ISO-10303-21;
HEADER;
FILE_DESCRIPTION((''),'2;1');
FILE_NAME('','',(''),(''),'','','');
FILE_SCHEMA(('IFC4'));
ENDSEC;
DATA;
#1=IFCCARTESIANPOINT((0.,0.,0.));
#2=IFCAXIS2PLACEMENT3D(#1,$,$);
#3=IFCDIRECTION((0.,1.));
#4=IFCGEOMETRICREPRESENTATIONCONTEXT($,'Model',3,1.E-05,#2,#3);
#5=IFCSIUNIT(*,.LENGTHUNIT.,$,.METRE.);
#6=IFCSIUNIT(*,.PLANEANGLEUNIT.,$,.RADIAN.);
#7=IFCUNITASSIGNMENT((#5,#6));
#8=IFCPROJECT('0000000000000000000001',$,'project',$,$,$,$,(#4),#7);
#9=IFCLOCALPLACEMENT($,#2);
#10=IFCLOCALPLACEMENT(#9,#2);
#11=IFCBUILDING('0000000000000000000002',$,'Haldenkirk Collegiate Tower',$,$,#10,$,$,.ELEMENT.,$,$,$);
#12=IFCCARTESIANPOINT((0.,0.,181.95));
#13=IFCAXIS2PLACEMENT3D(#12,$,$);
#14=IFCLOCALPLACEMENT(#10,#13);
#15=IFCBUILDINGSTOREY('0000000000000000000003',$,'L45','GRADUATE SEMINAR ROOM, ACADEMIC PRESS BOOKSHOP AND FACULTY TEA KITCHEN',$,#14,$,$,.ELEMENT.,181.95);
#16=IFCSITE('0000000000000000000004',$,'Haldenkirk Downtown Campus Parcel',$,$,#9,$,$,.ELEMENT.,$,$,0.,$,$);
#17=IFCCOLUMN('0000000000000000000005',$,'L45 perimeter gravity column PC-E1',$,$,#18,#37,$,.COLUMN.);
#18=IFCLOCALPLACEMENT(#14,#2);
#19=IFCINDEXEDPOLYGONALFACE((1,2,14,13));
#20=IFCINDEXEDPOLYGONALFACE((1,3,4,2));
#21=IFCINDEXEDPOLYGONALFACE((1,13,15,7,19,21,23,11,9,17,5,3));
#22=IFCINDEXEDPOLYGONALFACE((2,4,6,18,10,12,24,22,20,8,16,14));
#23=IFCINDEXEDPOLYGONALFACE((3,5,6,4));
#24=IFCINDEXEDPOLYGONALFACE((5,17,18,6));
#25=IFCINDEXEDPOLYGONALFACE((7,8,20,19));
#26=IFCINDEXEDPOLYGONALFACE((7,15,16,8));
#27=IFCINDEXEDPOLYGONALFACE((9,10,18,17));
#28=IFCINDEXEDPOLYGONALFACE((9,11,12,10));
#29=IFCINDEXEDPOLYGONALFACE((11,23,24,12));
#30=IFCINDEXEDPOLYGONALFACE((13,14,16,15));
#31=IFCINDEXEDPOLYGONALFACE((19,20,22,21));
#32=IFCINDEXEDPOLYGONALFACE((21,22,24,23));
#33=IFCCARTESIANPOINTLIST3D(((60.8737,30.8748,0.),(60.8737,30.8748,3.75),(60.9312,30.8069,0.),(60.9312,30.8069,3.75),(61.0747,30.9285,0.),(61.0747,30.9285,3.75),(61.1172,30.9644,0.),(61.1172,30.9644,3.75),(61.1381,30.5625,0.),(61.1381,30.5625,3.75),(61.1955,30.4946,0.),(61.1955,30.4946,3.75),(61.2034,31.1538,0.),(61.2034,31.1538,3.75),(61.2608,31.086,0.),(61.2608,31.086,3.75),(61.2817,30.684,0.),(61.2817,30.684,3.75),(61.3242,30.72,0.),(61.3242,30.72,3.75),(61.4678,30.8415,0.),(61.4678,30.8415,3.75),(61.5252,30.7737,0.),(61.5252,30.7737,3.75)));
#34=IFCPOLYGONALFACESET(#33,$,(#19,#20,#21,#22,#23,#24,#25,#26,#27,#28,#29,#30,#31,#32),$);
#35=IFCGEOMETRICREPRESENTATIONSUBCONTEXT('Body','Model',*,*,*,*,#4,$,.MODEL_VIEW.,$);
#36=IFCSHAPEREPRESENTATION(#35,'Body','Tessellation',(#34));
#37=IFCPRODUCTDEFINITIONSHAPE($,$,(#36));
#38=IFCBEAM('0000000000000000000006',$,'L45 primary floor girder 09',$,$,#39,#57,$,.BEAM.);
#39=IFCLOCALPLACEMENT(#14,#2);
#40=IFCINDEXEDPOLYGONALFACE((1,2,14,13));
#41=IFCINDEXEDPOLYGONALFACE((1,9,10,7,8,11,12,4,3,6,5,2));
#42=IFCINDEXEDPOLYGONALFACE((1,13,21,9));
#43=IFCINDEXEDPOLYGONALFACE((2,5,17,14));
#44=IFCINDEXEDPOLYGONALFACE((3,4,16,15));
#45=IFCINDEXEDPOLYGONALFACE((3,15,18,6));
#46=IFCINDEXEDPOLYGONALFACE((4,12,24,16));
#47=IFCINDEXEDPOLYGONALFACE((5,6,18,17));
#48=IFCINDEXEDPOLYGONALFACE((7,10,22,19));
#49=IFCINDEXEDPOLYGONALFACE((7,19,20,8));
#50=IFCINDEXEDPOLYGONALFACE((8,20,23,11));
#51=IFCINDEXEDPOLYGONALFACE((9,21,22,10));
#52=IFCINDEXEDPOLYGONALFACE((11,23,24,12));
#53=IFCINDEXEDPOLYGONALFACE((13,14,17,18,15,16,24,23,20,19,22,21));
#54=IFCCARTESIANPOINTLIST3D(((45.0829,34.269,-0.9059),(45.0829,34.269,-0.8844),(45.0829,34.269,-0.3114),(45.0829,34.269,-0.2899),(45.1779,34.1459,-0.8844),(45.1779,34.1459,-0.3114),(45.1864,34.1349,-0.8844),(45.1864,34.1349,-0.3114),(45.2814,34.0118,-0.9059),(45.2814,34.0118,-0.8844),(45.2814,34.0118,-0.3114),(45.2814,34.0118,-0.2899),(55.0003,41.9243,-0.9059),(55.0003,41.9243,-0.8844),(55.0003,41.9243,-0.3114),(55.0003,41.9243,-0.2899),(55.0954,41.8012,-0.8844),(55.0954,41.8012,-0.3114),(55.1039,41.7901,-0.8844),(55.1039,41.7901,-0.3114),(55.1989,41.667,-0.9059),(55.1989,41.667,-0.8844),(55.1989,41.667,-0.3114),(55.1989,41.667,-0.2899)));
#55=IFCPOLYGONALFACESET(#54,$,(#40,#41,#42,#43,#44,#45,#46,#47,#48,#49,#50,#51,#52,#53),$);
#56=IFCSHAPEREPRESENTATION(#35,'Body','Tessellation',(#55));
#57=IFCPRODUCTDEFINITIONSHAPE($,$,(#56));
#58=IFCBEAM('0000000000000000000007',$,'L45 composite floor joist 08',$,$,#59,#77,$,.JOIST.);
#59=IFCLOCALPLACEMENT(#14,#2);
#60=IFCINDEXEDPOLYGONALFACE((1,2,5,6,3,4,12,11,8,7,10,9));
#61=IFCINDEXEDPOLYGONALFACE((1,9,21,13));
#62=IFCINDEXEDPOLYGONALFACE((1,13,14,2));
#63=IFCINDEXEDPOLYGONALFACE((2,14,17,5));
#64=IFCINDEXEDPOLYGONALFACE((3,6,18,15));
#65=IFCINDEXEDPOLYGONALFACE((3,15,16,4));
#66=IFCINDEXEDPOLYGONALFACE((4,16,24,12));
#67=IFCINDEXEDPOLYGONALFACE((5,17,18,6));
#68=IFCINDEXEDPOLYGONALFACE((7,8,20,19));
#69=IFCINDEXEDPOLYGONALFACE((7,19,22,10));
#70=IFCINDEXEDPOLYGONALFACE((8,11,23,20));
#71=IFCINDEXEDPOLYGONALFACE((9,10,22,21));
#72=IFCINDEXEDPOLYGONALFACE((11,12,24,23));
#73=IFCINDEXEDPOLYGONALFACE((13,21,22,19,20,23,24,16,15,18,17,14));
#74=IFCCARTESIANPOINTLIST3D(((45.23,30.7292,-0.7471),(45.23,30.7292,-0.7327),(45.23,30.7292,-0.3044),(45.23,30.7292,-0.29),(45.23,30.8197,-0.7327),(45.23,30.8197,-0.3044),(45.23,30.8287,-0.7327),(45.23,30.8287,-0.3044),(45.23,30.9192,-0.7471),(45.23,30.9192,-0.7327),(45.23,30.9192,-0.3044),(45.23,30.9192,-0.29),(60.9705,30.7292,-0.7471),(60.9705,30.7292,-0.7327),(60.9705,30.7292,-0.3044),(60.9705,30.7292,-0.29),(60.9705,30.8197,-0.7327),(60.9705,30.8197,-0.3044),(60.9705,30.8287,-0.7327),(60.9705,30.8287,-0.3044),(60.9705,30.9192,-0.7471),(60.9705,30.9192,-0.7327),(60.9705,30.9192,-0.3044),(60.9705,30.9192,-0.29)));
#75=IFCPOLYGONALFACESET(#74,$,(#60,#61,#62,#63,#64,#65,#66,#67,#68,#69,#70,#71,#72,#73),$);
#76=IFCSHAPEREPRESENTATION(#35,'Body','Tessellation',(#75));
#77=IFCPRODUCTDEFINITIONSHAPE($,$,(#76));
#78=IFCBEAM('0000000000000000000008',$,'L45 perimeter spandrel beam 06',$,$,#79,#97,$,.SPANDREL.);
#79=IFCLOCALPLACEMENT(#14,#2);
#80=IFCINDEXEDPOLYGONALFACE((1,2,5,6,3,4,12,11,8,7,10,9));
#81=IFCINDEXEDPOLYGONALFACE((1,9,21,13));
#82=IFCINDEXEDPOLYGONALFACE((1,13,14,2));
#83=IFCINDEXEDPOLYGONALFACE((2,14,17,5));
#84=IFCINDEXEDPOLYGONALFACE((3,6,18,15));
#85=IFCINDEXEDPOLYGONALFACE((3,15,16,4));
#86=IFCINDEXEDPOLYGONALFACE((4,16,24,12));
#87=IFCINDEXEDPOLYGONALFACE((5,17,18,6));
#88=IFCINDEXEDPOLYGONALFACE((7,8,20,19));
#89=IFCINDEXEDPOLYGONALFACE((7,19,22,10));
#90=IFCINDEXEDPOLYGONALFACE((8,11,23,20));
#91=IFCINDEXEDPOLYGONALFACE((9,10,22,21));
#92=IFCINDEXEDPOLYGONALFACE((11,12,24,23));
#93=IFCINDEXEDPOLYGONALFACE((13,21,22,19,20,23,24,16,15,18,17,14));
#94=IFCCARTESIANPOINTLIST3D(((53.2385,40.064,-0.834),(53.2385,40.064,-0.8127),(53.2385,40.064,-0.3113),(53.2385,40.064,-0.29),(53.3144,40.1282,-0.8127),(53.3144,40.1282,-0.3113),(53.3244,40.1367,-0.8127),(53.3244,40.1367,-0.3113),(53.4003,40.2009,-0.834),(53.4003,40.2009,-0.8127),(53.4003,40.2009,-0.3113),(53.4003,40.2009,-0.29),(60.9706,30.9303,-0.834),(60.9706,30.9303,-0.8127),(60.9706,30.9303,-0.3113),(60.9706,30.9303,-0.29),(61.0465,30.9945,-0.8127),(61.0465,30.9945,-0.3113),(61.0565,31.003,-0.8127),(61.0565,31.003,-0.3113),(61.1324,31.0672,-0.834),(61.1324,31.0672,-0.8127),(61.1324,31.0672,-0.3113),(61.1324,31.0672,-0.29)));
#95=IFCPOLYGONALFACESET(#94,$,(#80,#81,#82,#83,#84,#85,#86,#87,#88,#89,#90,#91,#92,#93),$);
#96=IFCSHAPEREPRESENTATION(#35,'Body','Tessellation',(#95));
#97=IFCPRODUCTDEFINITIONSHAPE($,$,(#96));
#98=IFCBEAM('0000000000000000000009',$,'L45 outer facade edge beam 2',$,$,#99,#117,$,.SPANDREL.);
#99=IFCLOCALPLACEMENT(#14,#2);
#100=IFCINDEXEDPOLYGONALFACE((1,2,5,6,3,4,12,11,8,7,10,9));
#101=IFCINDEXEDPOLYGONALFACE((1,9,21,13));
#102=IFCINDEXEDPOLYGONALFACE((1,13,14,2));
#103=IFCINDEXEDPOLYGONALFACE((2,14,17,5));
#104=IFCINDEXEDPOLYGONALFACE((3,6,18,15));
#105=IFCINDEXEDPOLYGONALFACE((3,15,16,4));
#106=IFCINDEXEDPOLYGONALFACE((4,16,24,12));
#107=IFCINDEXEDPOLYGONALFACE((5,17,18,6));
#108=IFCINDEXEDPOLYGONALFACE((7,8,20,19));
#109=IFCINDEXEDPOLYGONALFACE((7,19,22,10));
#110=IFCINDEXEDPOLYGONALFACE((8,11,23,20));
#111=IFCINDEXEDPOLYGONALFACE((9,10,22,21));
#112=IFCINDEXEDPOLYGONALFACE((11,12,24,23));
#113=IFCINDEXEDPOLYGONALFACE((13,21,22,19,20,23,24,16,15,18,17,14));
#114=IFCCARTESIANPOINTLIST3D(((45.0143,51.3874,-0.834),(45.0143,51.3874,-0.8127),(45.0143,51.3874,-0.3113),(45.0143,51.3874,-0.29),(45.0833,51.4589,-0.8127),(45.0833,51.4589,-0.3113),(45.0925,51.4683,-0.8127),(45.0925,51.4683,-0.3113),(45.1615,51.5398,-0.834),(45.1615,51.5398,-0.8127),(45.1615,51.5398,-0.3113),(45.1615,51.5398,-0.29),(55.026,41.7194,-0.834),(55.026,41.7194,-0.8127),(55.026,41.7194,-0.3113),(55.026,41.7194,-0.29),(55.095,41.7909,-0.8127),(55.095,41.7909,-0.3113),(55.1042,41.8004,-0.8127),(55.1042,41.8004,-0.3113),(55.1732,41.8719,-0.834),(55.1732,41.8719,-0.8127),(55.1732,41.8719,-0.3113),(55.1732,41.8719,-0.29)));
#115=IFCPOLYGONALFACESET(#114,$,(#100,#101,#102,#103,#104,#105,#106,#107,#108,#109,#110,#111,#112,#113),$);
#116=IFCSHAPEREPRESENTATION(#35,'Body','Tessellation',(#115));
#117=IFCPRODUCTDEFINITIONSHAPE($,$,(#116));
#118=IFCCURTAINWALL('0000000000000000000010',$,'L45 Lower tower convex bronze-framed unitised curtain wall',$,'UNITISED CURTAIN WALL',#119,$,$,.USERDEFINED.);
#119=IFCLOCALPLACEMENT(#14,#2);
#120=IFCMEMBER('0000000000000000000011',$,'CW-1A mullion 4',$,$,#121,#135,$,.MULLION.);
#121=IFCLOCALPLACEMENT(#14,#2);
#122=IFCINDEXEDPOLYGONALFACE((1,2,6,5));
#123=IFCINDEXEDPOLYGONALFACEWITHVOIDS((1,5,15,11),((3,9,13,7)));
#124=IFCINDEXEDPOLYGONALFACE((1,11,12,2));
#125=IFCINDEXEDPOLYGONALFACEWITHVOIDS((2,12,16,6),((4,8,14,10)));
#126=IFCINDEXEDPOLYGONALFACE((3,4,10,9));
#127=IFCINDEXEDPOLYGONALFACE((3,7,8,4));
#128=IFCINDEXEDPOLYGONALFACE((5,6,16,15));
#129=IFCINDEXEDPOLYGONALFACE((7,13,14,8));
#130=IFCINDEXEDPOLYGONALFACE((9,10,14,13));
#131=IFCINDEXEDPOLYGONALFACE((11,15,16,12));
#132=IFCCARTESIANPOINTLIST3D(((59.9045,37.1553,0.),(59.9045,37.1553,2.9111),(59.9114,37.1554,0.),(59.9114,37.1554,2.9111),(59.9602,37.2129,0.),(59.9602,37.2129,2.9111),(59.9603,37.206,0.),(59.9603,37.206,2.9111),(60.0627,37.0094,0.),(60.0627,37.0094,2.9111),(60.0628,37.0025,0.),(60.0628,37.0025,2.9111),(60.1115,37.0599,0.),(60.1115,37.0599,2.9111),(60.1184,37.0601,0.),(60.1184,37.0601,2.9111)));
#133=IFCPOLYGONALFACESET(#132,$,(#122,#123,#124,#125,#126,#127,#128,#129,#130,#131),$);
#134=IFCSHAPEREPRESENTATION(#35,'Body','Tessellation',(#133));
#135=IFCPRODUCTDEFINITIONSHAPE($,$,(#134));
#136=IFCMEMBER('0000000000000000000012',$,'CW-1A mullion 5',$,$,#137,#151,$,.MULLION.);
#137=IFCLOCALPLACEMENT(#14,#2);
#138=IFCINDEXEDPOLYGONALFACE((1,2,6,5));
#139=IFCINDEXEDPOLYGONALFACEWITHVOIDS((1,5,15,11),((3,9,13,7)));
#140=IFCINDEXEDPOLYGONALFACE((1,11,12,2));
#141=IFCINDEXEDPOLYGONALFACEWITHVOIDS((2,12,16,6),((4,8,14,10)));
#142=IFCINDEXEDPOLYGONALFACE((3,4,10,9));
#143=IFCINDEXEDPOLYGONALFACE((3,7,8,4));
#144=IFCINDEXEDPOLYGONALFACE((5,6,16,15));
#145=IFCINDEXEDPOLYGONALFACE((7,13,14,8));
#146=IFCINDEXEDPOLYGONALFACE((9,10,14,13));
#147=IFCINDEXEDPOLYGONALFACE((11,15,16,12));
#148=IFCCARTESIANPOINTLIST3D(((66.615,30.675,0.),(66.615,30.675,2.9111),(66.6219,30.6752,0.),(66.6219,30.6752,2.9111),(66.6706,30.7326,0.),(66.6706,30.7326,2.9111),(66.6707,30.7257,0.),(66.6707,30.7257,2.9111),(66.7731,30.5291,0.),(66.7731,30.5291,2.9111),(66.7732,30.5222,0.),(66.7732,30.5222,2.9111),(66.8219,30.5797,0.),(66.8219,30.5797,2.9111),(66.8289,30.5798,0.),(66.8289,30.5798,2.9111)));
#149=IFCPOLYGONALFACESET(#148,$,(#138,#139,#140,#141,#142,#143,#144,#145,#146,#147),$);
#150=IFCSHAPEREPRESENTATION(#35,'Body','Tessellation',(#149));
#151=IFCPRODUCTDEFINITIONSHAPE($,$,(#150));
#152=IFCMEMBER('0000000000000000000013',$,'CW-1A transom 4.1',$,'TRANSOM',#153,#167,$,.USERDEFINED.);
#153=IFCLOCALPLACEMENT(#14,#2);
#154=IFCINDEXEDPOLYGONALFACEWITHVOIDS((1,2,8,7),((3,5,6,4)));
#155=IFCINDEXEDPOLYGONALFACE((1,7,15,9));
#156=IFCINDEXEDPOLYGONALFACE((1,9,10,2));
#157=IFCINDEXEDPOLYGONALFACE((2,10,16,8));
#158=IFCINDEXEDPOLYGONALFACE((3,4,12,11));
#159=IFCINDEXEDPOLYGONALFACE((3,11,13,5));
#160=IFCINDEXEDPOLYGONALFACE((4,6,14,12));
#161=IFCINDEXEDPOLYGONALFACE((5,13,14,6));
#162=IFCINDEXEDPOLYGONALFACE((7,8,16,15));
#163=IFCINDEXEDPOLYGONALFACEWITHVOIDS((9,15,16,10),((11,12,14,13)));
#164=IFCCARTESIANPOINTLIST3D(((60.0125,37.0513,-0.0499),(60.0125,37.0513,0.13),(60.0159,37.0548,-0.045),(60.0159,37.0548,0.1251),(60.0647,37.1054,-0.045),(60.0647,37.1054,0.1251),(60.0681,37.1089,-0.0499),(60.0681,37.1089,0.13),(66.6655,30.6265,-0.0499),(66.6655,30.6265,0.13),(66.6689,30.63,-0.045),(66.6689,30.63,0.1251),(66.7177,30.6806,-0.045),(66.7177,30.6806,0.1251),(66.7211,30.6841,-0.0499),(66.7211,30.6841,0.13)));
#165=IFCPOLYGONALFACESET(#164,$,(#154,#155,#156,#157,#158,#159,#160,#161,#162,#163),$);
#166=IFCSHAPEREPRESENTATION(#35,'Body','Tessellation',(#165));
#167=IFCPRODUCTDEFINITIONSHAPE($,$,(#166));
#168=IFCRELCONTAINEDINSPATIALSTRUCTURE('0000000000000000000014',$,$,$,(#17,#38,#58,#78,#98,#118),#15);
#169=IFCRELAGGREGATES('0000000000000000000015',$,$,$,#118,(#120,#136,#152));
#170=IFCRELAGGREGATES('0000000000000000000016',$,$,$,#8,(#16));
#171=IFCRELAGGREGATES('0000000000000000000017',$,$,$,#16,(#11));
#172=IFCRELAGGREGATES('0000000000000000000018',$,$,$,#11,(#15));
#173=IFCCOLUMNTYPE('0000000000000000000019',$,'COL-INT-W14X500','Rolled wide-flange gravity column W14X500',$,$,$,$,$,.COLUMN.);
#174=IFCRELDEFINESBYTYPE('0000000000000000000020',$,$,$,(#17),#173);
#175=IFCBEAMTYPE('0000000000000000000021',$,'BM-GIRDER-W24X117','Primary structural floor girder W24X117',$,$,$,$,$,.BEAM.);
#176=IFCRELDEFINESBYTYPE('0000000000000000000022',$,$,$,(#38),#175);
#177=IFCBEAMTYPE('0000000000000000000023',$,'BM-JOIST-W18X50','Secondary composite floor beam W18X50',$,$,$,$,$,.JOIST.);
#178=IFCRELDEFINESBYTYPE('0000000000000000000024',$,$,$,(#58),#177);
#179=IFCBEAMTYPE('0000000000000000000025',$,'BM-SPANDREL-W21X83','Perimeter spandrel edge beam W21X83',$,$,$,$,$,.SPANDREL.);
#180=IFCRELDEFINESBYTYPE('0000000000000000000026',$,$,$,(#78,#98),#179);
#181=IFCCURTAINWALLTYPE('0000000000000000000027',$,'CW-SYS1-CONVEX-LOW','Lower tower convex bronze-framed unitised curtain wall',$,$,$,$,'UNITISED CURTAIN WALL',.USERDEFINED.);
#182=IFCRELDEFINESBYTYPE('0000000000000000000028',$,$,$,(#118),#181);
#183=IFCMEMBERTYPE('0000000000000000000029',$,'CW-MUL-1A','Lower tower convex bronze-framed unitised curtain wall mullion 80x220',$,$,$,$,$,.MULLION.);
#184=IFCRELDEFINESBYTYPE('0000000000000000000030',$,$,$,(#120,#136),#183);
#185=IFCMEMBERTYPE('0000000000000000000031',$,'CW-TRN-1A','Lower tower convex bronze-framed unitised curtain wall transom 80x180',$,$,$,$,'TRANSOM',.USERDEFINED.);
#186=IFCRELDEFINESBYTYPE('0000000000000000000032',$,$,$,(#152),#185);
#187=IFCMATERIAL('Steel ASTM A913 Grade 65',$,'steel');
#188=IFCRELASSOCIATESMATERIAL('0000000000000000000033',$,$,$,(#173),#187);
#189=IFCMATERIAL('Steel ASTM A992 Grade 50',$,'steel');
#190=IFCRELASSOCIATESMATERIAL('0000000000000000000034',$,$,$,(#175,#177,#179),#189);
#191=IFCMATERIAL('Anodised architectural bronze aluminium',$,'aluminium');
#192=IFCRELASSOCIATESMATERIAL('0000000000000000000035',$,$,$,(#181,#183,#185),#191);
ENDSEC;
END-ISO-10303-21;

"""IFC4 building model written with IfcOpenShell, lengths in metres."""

from ifc_helpers import new_model, si_unit, direction, frame, origin, origin_2d, place, context, subcontext, project, spatial, hollow_rectangle, i_section, extrude, material, material_profile, profile_set, type_object, element, aggregate, save


model = new_model("IFC4")

# Units and contexts
model_context = context("Model", 3, precision=1e-05, world=origin(), true_north=direction((0.0, 1.0)))
body_context = subcontext(model_context, "Body", "Model", "MODEL_VIEW")
ifc_project = project(units=[si_unit("LENGTHUNIT", "METRE"), si_unit("PLANEANGLEUNIT", "RADIAN")], contexts=[model_context])

# Site, building, storey
site_placement = place(None, origin())
site = spatial("IfcSite", under=ifc_project, at=site_placement, Name="Haldenkirk Downtown Campus Parcel", CompositionType="ELEMENT", RefElevation=0.0)
building_placement = place(site_placement, origin())
building = spatial("IfcBuilding", under=site, at=building_placement, Name="Haldenkirk Collegiate Tower", CompositionType="ELEMENT")
storey_placement = place(building_placement, frame((0.0, 0.0, 181.95)))
storey = spatial("IfcBuildingStorey", under=building, at=storey_placement, Name="L45", Description="GRADUATE SEMINAR ROOM, ACADEMIC PRESS BOOKSHOP AND FACULTY TEA KITCHEN", CompositionType="ELEMENT", Elevation=181.95)

# Column
ifc_material_1 = material(Name="Steel ASTM A913 Grade 65", Category="steel")
ifc_material_profile_1 = material_profile(ifc_material_1, i_section(OverallWidth=0.4319, OverallDepth=0.498, WebThickness=0.0557, FlangeThickness=0.0889, at=origin_2d()), Name="W14X500")
ifc_profile_set_1 = profile_set([ifc_material_profile_1], Name="Steel ASTM A913 Grade 65")
column_type = type_object("IfcColumnType", Name="COL-INT-W14X500", Description="Rolled wide-flange gravity column W14X500", PredefinedType="COLUMN", material=ifc_profile_set_1)
column_placement = place(storey_placement, frame((61.1995, 30.8242, 0.0), z_axis=(0.0, 0.0, 1.0), x_axis=(0.763232, 0.646124, 0.0)))
element("IfcColumn", 1, at=column_placement, inside=storey, type_object=column_type, Name="L45 perimeter gravity column PC-E1", PredefinedType="COLUMN", context=body_context, shape_type="SweptSolid", body=[
    extrude(i_section(OverallWidth=0.4319, OverallDepth=0.498, WebThickness=0.0557, FlangeThickness=0.0889, at=origin_2d()), origin(), (0.0, 0.0, 1.0), 3.75),
])

# Beams
ifc_material_2 = material(Name="Steel ASTM A992 Grade 50", Category="steel")
ifc_material_profile_2 = material_profile(ifc_material_2, i_section(OverallWidth=0.325, OverallDepth=0.616, WebThickness=0.0139, FlangeThickness=0.0215, at=origin_2d()), Name="W24X117")
ifc_profile_set_2 = profile_set([ifc_material_profile_2], Name="Steel ASTM A992 Grade 50")
beam_type_1 = type_object("IfcBeamType", Name="BM-GIRDER-W24X117", Description="Primary structural floor girder W24X117", PredefinedType="BEAM", material=ifc_profile_set_2)
beam_1_placement = place(storey_placement, frame((55.0996, 41.7957, -0.5979), z_axis=(-0.791603, -0.611036, 0.0), x_axis=(0.611036, -0.791603, 0.0)))
element("IfcBeam", 2, at=beam_1_placement, inside=storey, type_object=beam_type_1, Name="L45 primary floor girder 09", PredefinedType="BEAM", context=body_context, shape_type="SweptSolid", body=[
    extrude(i_section(OverallWidth=0.325, OverallDepth=0.616, WebThickness=0.0139, FlangeThickness=0.0215, at=origin_2d()), origin(), (0.0, 0.0, 1.0), 12.5283),
])
ifc_material_profile_3 = material_profile(ifc_material_2, i_section(OverallWidth=0.1899, OverallDepth=0.457, WebThickness=0.009, FlangeThickness=0.0144, at=origin_2d()), Name="W18X50")
ifc_profile_set_3 = profile_set([ifc_material_profile_3], Name="Steel ASTM A992 Grade 50")
beam_type_2 = type_object("IfcBeamType", Name="BM-JOIST-W18X50", Description="Secondary composite floor beam W18X50", PredefinedType="JOIST", material=ifc_profile_set_3)
beam_2_placement = place(storey_placement, frame((60.9705, 30.8242, -0.5186), z_axis=(-1.0, 0.0, 0.0), x_axis=(0.0, -1.0, 0.0)))
element("IfcBeam", 3, at=beam_2_placement, inside=storey, type_object=beam_type_2, Name="L45 composite floor joist 08", PredefinedType="JOIST", context=body_context, shape_type="SweptSolid", body=[
    extrude(i_section(OverallWidth=0.1899, OverallDepth=0.457, WebThickness=0.009, FlangeThickness=0.0144, at=origin_2d()), origin(), (0.0, 0.0, 1.0), 15.7405),
])
ifc_material_profile_4 = material_profile(ifc_material_2, i_section(OverallWidth=0.2119, OverallDepth=0.5439, WebThickness=0.0132, FlangeThickness=0.0212, at=origin_2d()), Name="W21X83")
ifc_profile_set_4 = profile_set([ifc_material_profile_4], Name="Steel ASTM A992 Grade 50")
beam_type_3 = type_object("IfcBeamType", Name="BM-SPANDREL-W21X83", Description="Perimeter spandrel edge beam W21X83", PredefinedType="SPANDREL", material=ifc_profile_set_4)
beam_3_placement = place(storey_placement, frame((61.0515, 30.9988, -0.562), z_axis=(-0.646117, 0.763238, 0.0), x_axis=(-0.763238, -0.646117, 0.0)))
element("IfcBeam", 4, at=beam_3_placement, inside=storey, type_object=beam_type_3, Name="L45 perimeter spandrel beam 06", PredefinedType="SPANDREL", context=body_context, shape_type="SweptSolid", body=[
    extrude(i_section(OverallWidth=0.2119, OverallDepth=0.5439, WebThickness=0.0132, FlangeThickness=0.0212, at=origin_2d()), origin(), (0.0, 0.0, 1.0), 11.967),
])
beam_4_placement = place(storey_placement, frame((55.0996, 41.7957, -0.562), z_axis=(-0.719348, 0.69465, 0.0), x_axis=(-0.69465, -0.719348, 0.0)))
element("IfcBeam", 5, at=beam_4_placement, inside=storey, type_object=beam_type_3, Name="L45 outer facade edge beam 2", PredefinedType="SPANDREL", context=body_context, shape_type="SweptSolid", body=[
    extrude(i_section(OverallWidth=0.2119, OverallDepth=0.5439, WebThickness=0.0132, FlangeThickness=0.0212, at=origin_2d()), origin(), (0.0, 0.0, 1.0), 13.9177),
])

# Curtain wall, members
ifc_material_3 = material(Name="Anodised architectural bronze aluminium", Category="aluminium")
curtain_wall_type = type_object("IfcCurtainWallType", Name="CW-SYS1-CONVEX-LOW", Description="Lower tower convex bronze-framed unitised curtain wall", ElementType="UNITISED CURTAIN WALL", PredefinedType="USERDEFINED", material=ifc_material_3)
curtain_wall_placement = place(storey_placement, origin())
curtain_wall = element("IfcCurtainWall", 6, at=curtain_wall_placement, inside=storey, type_object=curtain_wall_type, Name="L45 Lower tower convex bronze-framed unitised curtain wall", ObjectType="UNITISED CURTAIN WALL", PredefinedType="USERDEFINED")
ifc_material_profile_5 = material_profile(ifc_material_3, hollow_rectangle(XDim=0.0801, YDim=0.22, WallThickness=0.0049, at=origin_2d()), Name="CW-MUL-1A")
ifc_profile_set_5 = profile_set([ifc_material_profile_5], Name="Anodised architectural bronze aluminium")
member_type_1 = type_object("IfcMemberType", Name="CW-MUL-1A", Description="Lower tower convex bronze-framed unitised curtain wall mullion 80x220", PredefinedType="MULLION", material=ifc_profile_set_5)
member_1_placement = place(storey_placement, frame((60.0115, 37.1077, 0.0), z_axis=(0.0, 0.0, 1.0), x_axis=(0.694658, 0.719341, 0.0)))
member_1 = element("IfcMember", 7, at=member_1_placement, type_object=member_type_1, Name="CW-1A mullion 4", PredefinedType="MULLION", context=body_context, shape_type="SweptSolid", body=[
    extrude(hollow_rectangle(XDim=0.0801, YDim=0.22, WallThickness=0.0049, at=origin_2d()), origin(), (0.0, 0.0, 1.0), 2.9111),
])
member_2_placement = place(storey_placement, frame((66.7219, 30.6274, 0.0), z_axis=(0.0, 0.0, 1.0), x_axis=(0.694658, 0.719341, 0.0)))
member_2 = element("IfcMember", 8, at=member_2_placement, type_object=member_type_1, Name="CW-1A mullion 5", PredefinedType="MULLION", context=body_context, shape_type="SweptSolid", body=[
    extrude(hollow_rectangle(XDim=0.0801, YDim=0.22, WallThickness=0.0049, at=origin_2d()), origin(), (0.0, 0.0, 1.0), 2.9111),
])
ifc_material_profile_6 = material_profile(ifc_material_3, hollow_rectangle(XDim=0.0801, YDim=0.1799, WallThickness=0.0049, at=origin_2d()), Name="CW-TRN-1A")
ifc_profile_set_6 = profile_set([ifc_material_profile_6], Name="Anodised architectural bronze aluminium")
member_type_2 = type_object("IfcMemberType", Name="CW-TRN-1A", Description="Lower tower convex bronze-framed unitised curtain wall transom 80x180", ElementType="TRANSOM", PredefinedType="USERDEFINED", material=ifc_profile_set_6)
member_3_placement = place(storey_placement, frame((60.0403, 37.0801, 0.04), z_axis=(0.71934, -0.694659, 0.0), x_axis=(0.694659, 0.71934, 0.0)))
member_3 = element("IfcMember", 9, at=member_3_placement, type_object=member_type_2, Name="CW-1A transom 4.1", ObjectType="TRANSOM", PredefinedType="USERDEFINED", context=body_context, shape_type="SweptSolid", body=[
    extrude(hollow_rectangle(XDim=0.0801, YDim=0.1799, WallThickness=0.0049, at=origin_2d()), origin(), (0.0, 0.0, 1.0), 9.2488),
])

aggregate(curtain_wall, [member_1, member_2, member_3])

save(model, "model.ifc")
